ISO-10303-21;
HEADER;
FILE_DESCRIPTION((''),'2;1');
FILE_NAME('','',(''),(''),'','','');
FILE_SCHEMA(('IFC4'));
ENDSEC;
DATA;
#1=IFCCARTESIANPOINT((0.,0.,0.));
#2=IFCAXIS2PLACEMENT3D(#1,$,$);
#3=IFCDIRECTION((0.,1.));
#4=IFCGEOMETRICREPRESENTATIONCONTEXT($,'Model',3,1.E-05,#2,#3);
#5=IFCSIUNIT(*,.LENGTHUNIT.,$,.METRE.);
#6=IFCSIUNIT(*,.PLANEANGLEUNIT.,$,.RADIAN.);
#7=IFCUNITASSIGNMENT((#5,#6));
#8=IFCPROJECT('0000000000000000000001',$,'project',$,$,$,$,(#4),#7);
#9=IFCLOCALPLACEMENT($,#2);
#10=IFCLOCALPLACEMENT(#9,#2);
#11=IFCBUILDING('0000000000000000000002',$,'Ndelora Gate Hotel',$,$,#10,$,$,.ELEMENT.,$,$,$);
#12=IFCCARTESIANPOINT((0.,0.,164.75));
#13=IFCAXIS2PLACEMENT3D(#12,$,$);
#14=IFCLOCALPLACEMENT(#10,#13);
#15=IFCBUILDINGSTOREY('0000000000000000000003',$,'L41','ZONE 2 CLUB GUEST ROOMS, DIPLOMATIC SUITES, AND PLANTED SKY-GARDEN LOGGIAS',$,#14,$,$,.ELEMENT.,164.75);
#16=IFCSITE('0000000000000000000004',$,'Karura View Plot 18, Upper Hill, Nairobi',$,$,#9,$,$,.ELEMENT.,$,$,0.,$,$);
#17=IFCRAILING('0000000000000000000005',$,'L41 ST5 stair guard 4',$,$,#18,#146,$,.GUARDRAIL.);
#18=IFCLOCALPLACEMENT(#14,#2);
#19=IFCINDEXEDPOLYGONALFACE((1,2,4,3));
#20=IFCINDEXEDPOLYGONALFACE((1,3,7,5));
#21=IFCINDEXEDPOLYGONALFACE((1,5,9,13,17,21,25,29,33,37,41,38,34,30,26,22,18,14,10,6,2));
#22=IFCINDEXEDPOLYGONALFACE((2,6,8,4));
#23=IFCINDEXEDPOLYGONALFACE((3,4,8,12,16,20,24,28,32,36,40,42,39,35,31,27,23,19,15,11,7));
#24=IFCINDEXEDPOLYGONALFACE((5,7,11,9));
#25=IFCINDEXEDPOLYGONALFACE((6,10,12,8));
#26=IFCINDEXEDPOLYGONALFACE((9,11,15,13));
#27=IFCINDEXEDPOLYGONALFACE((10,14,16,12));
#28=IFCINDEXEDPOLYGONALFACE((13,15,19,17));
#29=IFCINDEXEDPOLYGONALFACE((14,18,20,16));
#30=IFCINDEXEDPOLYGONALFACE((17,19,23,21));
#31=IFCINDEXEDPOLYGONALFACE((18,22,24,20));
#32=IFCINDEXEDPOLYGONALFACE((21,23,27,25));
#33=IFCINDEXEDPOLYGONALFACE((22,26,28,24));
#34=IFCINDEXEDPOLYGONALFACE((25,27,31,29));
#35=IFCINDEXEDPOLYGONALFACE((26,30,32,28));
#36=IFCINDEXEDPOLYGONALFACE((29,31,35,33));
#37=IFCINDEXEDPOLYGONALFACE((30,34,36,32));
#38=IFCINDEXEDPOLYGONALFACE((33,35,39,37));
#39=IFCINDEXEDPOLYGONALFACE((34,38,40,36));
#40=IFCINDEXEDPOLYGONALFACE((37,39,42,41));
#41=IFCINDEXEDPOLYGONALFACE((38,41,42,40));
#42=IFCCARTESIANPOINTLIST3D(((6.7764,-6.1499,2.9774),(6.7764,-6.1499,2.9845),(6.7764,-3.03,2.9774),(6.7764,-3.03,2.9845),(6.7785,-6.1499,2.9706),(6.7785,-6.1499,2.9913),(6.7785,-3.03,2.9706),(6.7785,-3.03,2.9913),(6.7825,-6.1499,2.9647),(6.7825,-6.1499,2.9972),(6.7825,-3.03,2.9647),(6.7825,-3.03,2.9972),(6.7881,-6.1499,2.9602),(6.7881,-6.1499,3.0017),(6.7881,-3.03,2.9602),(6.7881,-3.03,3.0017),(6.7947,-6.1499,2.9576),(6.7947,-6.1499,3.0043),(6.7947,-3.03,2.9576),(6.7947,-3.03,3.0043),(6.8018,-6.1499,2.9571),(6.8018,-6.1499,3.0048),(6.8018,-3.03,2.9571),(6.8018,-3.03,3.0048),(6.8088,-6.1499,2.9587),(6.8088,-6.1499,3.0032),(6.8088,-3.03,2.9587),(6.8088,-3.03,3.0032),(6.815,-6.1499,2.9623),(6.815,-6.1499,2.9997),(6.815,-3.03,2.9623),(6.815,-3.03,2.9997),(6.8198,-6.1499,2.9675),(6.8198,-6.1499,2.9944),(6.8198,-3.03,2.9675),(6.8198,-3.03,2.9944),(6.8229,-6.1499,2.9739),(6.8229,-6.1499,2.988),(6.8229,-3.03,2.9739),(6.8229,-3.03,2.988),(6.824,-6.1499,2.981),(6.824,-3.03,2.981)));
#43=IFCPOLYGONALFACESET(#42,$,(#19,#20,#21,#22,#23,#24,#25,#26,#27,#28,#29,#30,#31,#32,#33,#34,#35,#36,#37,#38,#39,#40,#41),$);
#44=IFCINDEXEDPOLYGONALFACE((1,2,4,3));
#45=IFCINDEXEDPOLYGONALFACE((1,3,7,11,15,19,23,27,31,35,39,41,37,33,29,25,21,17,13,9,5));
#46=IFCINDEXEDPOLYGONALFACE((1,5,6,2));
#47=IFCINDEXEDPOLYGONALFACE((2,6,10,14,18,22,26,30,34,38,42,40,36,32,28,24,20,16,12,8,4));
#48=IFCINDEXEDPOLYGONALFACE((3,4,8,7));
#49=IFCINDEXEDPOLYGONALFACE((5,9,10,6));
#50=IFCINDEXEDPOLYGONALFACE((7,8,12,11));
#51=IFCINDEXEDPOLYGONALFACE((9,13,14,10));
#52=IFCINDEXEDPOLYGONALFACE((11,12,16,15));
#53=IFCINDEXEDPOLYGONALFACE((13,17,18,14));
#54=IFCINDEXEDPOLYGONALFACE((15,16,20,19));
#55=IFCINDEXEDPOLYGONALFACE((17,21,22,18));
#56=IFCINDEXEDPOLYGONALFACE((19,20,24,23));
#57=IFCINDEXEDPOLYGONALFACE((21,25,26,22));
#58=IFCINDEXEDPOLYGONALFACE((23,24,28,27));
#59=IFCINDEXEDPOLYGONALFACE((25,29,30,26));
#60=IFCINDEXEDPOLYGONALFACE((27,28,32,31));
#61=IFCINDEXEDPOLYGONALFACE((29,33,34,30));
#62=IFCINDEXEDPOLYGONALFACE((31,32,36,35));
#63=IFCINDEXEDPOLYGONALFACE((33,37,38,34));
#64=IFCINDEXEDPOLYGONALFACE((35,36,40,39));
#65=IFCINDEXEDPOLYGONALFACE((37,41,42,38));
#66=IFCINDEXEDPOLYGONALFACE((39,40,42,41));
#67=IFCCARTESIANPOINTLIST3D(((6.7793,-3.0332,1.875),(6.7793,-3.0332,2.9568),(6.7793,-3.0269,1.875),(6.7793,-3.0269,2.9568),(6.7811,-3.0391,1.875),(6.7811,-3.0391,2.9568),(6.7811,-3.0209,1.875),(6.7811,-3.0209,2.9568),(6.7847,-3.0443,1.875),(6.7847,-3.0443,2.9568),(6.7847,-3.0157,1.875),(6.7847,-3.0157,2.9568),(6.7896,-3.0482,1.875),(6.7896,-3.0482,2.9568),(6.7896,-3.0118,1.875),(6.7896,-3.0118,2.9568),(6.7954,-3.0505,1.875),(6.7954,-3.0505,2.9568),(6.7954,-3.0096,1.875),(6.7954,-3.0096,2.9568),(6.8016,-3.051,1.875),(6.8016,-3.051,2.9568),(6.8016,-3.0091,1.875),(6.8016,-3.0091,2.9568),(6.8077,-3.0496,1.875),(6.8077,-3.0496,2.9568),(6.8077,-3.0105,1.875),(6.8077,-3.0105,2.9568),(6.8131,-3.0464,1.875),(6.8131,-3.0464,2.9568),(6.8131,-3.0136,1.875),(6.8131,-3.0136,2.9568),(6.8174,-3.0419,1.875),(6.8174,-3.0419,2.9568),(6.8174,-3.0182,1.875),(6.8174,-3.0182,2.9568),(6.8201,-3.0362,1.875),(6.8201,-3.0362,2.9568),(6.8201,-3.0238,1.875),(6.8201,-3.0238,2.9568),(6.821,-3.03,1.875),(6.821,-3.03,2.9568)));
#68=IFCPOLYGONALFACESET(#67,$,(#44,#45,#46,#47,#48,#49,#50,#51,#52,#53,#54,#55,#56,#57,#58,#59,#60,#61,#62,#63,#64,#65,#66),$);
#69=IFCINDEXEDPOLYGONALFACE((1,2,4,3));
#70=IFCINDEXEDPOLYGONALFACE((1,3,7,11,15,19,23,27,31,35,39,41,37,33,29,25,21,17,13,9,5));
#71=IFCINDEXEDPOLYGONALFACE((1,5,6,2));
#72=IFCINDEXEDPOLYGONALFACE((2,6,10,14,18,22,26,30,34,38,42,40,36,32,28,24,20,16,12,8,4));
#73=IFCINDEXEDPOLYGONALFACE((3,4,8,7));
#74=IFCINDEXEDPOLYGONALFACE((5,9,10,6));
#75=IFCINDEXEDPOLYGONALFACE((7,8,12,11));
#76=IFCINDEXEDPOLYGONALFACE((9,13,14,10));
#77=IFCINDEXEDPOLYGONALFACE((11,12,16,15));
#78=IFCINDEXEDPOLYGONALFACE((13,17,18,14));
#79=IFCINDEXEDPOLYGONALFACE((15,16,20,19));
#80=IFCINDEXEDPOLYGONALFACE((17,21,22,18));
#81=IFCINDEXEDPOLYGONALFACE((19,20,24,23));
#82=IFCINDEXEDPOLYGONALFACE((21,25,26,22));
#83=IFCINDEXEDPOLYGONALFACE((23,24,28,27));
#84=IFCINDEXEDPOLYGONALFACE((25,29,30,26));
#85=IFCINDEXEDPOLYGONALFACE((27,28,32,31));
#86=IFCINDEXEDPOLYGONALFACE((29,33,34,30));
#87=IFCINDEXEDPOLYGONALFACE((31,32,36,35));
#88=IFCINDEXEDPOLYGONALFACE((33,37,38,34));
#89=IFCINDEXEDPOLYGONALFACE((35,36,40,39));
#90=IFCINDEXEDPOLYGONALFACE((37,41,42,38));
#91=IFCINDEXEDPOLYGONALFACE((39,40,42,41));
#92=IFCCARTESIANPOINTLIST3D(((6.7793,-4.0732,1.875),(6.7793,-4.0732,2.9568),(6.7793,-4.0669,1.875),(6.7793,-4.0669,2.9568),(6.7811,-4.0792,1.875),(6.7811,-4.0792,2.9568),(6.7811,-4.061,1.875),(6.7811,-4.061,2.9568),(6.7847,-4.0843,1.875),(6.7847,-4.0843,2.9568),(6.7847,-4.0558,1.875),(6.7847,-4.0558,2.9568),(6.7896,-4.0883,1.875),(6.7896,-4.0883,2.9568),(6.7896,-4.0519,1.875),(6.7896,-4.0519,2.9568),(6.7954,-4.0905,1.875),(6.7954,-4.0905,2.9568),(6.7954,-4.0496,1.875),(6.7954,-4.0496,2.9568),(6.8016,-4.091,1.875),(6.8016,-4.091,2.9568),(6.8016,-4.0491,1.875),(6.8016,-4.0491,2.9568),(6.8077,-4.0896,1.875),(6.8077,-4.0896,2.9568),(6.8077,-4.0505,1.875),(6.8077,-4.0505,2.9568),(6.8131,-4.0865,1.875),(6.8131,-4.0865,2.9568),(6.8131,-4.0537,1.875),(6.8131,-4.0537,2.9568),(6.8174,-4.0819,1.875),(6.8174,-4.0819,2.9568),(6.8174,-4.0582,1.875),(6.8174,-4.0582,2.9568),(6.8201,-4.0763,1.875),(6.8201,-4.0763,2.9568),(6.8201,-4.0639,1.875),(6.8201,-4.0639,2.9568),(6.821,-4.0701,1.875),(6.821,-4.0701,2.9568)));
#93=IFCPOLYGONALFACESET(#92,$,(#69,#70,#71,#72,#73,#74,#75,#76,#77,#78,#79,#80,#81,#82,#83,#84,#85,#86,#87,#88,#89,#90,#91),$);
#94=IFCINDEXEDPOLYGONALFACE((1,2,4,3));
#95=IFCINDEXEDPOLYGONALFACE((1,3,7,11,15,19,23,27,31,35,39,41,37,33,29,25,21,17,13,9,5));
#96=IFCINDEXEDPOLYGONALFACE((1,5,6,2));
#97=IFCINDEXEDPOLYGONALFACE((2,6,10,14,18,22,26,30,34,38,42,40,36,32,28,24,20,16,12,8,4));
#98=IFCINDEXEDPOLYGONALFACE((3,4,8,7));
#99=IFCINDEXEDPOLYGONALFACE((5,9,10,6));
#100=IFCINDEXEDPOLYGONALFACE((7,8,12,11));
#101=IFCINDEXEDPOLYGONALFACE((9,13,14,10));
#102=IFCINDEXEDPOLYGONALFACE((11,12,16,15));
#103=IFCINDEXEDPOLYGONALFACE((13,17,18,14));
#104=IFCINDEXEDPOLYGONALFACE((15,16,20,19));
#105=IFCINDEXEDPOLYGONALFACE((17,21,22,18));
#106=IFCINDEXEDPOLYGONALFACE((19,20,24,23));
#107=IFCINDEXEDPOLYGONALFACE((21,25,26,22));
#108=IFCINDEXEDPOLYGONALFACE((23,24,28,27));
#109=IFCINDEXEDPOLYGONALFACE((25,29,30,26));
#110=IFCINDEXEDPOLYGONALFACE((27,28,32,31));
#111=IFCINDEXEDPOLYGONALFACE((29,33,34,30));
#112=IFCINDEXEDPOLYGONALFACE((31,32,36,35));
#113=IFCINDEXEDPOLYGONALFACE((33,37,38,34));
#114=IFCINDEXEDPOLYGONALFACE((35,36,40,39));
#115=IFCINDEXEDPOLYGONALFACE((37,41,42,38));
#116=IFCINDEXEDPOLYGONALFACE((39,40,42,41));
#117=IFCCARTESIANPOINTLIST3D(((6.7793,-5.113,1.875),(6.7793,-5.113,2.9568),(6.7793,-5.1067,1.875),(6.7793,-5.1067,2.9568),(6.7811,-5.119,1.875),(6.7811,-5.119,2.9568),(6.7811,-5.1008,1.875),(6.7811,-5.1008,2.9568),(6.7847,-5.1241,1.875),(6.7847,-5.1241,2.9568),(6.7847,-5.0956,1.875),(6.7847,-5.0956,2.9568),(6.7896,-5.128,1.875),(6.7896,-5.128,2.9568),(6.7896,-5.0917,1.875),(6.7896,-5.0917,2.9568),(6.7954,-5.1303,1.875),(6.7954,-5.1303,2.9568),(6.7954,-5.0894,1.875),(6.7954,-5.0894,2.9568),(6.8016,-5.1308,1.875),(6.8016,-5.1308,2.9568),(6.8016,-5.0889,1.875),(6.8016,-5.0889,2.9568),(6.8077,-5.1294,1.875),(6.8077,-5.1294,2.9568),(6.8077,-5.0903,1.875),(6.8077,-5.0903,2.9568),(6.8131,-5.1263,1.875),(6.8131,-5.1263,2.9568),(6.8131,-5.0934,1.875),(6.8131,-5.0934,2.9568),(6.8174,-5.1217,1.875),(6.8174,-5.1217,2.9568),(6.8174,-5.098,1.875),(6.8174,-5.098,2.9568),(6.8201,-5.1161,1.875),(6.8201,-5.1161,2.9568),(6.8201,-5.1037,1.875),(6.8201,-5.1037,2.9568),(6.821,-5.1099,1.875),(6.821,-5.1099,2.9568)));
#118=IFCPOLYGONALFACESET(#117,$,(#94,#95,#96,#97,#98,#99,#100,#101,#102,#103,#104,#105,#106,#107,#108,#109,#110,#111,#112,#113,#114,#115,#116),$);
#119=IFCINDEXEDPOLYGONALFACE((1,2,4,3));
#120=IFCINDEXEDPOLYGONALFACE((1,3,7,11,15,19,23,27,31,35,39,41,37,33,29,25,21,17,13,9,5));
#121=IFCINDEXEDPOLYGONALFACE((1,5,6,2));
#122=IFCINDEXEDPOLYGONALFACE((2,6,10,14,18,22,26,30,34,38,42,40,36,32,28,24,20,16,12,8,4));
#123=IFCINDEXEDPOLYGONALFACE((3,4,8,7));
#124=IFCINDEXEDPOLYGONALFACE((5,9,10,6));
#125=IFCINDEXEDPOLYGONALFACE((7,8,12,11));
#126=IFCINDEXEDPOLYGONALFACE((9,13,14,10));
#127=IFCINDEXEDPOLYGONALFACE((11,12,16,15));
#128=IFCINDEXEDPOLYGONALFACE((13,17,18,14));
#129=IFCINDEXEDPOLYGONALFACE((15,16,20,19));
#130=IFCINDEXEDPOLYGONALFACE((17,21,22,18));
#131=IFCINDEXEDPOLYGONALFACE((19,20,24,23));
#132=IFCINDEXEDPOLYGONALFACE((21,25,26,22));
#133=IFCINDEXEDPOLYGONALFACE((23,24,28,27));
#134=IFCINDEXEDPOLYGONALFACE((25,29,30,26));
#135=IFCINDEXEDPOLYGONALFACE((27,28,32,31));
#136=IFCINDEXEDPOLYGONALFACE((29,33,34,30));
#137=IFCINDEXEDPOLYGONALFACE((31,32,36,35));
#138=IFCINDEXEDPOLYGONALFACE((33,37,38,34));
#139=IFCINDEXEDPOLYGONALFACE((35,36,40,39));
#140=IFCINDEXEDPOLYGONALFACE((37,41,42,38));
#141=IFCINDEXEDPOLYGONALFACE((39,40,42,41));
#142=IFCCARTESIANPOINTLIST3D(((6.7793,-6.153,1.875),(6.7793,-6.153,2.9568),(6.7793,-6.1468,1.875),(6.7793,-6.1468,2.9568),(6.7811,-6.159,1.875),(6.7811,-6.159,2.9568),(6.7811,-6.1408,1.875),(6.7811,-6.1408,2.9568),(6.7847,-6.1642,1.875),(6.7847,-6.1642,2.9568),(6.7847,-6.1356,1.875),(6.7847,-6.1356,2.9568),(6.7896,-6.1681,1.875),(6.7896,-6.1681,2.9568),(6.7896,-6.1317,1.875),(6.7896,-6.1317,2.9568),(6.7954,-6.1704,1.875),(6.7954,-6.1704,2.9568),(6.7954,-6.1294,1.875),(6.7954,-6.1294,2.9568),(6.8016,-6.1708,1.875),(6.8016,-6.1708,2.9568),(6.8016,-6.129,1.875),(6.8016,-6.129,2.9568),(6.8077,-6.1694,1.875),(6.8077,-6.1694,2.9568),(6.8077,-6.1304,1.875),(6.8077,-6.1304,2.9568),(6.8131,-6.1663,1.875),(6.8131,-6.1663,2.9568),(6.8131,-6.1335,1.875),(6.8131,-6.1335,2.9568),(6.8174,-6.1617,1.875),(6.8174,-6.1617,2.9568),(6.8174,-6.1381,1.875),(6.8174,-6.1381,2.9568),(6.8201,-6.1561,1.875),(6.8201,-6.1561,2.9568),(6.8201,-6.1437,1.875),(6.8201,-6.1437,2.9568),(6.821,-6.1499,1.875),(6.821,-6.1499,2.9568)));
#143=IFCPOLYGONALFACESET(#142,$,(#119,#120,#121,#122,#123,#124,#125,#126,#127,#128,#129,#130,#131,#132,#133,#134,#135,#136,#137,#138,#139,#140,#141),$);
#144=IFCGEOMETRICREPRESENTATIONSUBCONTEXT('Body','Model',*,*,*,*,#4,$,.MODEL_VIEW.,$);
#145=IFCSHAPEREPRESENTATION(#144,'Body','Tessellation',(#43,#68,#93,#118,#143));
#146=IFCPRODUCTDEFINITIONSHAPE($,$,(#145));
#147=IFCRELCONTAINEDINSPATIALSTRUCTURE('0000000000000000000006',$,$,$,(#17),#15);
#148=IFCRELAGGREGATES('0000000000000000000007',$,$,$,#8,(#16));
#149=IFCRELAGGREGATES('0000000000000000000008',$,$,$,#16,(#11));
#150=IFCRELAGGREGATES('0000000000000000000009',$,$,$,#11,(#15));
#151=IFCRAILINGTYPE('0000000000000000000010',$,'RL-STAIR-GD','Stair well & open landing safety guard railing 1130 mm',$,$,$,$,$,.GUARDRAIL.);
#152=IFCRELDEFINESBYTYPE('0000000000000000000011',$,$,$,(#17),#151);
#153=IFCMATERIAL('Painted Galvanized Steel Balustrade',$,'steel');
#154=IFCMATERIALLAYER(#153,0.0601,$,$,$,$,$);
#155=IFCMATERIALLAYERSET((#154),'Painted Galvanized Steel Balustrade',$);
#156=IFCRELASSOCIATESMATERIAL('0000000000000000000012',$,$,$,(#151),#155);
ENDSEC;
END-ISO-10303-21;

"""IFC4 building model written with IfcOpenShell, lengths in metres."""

from ifc_helpers import new_model, si_unit, direction, frame, origin, origin_2d, place, context, subcontext, project, spatial, circle, extrude, material, layer, layer_set, type_object, element, save


model = new_model("IFC4")

# Units and contexts
model_context = context("Model", 3, precision=1e-05, world=origin(), true_north=direction((0.0, 1.0)))
body_context = subcontext(model_context, "Body", "Model", "MODEL_VIEW")
ifc_project = project(units=[si_unit("LENGTHUNIT", "METRE"), si_unit("PLANEANGLEUNIT", "RADIAN")], contexts=[model_context])

# Site, building, storey
site_placement = place(None, origin())
site = spatial("IfcSite", under=ifc_project, at=site_placement, Name="Karura View Plot 18, Upper Hill, Nairobi", CompositionType="ELEMENT", RefElevation=0.0)
building_placement = place(site_placement, origin())
building = spatial("IfcBuilding", under=site, at=building_placement, Name="Ndelora Gate Hotel", CompositionType="ELEMENT")
storey_placement = place(building_placement, frame((0.0, 0.0, 164.75)))
storey = spatial("IfcBuildingStorey", under=building, at=storey_placement, Name="L41", Description="ZONE 2 CLUB GUEST ROOMS, DIPLOMATIC SUITES, AND PLANTED SKY-GARDEN LOGGIAS", CompositionType="ELEMENT", Elevation=164.75)

# Railing
ifc_material_1 = material(Name="Painted Galvanized Steel Balustrade", Category="steel")
ifc_layer_1 = layer(ifc_material_1, 0.0601)
ifc_layer_set_1 = layer_set([ifc_layer_1], Name="Painted Galvanized Steel Balustrade")
railing_type_1 = type_object("IfcRailingType", Name="RL-STAIR-GD", Description="Stair well & open landing safety guard railing 1130 mm", PredefinedType="GUARDRAIL", material=ifc_layer_set_1)
railing_1_placement = place(storey_placement, frame((6.8, -3.03, 1.875)))
element("IfcRailing", 1, at=railing_1_placement, inside=storey, type_object=railing_type_1, Name="L41 ST5 stair guard 4", PredefinedType="GUARDRAIL", context=body_context, shape_type="SweptSolid", body=[
    extrude(circle(Radius=0.0239, at=origin_2d()), frame((0.0, 0.0, 1.106), z_axis=(0.0, -1.0, 0.0), x_axis=(1.0, 0.0, 0.0)), (0.0, 0.0, 1.0), 3.1199),
    extrude(circle(Radius=0.021, at=origin_2d()), origin(), (0.0, 0.0, 1.0), 1.0818),
    extrude(circle(Radius=0.021, at=origin_2d()), frame((0.0, -1.04, 0.0)), (0.0, 0.0, 1.0), 1.0818),
    extrude(circle(Radius=0.021, at=origin_2d()), frame((0.0, -2.0798, 0.0)), (0.0, 0.0, 1.0), 1.0818),
    extrude(circle(Radius=0.021, at=origin_2d()), frame((0.0, -3.1199, 0.0)), (0.0, 0.0, 1.0), 1.0818),
])

save(model, "model.ifc")
